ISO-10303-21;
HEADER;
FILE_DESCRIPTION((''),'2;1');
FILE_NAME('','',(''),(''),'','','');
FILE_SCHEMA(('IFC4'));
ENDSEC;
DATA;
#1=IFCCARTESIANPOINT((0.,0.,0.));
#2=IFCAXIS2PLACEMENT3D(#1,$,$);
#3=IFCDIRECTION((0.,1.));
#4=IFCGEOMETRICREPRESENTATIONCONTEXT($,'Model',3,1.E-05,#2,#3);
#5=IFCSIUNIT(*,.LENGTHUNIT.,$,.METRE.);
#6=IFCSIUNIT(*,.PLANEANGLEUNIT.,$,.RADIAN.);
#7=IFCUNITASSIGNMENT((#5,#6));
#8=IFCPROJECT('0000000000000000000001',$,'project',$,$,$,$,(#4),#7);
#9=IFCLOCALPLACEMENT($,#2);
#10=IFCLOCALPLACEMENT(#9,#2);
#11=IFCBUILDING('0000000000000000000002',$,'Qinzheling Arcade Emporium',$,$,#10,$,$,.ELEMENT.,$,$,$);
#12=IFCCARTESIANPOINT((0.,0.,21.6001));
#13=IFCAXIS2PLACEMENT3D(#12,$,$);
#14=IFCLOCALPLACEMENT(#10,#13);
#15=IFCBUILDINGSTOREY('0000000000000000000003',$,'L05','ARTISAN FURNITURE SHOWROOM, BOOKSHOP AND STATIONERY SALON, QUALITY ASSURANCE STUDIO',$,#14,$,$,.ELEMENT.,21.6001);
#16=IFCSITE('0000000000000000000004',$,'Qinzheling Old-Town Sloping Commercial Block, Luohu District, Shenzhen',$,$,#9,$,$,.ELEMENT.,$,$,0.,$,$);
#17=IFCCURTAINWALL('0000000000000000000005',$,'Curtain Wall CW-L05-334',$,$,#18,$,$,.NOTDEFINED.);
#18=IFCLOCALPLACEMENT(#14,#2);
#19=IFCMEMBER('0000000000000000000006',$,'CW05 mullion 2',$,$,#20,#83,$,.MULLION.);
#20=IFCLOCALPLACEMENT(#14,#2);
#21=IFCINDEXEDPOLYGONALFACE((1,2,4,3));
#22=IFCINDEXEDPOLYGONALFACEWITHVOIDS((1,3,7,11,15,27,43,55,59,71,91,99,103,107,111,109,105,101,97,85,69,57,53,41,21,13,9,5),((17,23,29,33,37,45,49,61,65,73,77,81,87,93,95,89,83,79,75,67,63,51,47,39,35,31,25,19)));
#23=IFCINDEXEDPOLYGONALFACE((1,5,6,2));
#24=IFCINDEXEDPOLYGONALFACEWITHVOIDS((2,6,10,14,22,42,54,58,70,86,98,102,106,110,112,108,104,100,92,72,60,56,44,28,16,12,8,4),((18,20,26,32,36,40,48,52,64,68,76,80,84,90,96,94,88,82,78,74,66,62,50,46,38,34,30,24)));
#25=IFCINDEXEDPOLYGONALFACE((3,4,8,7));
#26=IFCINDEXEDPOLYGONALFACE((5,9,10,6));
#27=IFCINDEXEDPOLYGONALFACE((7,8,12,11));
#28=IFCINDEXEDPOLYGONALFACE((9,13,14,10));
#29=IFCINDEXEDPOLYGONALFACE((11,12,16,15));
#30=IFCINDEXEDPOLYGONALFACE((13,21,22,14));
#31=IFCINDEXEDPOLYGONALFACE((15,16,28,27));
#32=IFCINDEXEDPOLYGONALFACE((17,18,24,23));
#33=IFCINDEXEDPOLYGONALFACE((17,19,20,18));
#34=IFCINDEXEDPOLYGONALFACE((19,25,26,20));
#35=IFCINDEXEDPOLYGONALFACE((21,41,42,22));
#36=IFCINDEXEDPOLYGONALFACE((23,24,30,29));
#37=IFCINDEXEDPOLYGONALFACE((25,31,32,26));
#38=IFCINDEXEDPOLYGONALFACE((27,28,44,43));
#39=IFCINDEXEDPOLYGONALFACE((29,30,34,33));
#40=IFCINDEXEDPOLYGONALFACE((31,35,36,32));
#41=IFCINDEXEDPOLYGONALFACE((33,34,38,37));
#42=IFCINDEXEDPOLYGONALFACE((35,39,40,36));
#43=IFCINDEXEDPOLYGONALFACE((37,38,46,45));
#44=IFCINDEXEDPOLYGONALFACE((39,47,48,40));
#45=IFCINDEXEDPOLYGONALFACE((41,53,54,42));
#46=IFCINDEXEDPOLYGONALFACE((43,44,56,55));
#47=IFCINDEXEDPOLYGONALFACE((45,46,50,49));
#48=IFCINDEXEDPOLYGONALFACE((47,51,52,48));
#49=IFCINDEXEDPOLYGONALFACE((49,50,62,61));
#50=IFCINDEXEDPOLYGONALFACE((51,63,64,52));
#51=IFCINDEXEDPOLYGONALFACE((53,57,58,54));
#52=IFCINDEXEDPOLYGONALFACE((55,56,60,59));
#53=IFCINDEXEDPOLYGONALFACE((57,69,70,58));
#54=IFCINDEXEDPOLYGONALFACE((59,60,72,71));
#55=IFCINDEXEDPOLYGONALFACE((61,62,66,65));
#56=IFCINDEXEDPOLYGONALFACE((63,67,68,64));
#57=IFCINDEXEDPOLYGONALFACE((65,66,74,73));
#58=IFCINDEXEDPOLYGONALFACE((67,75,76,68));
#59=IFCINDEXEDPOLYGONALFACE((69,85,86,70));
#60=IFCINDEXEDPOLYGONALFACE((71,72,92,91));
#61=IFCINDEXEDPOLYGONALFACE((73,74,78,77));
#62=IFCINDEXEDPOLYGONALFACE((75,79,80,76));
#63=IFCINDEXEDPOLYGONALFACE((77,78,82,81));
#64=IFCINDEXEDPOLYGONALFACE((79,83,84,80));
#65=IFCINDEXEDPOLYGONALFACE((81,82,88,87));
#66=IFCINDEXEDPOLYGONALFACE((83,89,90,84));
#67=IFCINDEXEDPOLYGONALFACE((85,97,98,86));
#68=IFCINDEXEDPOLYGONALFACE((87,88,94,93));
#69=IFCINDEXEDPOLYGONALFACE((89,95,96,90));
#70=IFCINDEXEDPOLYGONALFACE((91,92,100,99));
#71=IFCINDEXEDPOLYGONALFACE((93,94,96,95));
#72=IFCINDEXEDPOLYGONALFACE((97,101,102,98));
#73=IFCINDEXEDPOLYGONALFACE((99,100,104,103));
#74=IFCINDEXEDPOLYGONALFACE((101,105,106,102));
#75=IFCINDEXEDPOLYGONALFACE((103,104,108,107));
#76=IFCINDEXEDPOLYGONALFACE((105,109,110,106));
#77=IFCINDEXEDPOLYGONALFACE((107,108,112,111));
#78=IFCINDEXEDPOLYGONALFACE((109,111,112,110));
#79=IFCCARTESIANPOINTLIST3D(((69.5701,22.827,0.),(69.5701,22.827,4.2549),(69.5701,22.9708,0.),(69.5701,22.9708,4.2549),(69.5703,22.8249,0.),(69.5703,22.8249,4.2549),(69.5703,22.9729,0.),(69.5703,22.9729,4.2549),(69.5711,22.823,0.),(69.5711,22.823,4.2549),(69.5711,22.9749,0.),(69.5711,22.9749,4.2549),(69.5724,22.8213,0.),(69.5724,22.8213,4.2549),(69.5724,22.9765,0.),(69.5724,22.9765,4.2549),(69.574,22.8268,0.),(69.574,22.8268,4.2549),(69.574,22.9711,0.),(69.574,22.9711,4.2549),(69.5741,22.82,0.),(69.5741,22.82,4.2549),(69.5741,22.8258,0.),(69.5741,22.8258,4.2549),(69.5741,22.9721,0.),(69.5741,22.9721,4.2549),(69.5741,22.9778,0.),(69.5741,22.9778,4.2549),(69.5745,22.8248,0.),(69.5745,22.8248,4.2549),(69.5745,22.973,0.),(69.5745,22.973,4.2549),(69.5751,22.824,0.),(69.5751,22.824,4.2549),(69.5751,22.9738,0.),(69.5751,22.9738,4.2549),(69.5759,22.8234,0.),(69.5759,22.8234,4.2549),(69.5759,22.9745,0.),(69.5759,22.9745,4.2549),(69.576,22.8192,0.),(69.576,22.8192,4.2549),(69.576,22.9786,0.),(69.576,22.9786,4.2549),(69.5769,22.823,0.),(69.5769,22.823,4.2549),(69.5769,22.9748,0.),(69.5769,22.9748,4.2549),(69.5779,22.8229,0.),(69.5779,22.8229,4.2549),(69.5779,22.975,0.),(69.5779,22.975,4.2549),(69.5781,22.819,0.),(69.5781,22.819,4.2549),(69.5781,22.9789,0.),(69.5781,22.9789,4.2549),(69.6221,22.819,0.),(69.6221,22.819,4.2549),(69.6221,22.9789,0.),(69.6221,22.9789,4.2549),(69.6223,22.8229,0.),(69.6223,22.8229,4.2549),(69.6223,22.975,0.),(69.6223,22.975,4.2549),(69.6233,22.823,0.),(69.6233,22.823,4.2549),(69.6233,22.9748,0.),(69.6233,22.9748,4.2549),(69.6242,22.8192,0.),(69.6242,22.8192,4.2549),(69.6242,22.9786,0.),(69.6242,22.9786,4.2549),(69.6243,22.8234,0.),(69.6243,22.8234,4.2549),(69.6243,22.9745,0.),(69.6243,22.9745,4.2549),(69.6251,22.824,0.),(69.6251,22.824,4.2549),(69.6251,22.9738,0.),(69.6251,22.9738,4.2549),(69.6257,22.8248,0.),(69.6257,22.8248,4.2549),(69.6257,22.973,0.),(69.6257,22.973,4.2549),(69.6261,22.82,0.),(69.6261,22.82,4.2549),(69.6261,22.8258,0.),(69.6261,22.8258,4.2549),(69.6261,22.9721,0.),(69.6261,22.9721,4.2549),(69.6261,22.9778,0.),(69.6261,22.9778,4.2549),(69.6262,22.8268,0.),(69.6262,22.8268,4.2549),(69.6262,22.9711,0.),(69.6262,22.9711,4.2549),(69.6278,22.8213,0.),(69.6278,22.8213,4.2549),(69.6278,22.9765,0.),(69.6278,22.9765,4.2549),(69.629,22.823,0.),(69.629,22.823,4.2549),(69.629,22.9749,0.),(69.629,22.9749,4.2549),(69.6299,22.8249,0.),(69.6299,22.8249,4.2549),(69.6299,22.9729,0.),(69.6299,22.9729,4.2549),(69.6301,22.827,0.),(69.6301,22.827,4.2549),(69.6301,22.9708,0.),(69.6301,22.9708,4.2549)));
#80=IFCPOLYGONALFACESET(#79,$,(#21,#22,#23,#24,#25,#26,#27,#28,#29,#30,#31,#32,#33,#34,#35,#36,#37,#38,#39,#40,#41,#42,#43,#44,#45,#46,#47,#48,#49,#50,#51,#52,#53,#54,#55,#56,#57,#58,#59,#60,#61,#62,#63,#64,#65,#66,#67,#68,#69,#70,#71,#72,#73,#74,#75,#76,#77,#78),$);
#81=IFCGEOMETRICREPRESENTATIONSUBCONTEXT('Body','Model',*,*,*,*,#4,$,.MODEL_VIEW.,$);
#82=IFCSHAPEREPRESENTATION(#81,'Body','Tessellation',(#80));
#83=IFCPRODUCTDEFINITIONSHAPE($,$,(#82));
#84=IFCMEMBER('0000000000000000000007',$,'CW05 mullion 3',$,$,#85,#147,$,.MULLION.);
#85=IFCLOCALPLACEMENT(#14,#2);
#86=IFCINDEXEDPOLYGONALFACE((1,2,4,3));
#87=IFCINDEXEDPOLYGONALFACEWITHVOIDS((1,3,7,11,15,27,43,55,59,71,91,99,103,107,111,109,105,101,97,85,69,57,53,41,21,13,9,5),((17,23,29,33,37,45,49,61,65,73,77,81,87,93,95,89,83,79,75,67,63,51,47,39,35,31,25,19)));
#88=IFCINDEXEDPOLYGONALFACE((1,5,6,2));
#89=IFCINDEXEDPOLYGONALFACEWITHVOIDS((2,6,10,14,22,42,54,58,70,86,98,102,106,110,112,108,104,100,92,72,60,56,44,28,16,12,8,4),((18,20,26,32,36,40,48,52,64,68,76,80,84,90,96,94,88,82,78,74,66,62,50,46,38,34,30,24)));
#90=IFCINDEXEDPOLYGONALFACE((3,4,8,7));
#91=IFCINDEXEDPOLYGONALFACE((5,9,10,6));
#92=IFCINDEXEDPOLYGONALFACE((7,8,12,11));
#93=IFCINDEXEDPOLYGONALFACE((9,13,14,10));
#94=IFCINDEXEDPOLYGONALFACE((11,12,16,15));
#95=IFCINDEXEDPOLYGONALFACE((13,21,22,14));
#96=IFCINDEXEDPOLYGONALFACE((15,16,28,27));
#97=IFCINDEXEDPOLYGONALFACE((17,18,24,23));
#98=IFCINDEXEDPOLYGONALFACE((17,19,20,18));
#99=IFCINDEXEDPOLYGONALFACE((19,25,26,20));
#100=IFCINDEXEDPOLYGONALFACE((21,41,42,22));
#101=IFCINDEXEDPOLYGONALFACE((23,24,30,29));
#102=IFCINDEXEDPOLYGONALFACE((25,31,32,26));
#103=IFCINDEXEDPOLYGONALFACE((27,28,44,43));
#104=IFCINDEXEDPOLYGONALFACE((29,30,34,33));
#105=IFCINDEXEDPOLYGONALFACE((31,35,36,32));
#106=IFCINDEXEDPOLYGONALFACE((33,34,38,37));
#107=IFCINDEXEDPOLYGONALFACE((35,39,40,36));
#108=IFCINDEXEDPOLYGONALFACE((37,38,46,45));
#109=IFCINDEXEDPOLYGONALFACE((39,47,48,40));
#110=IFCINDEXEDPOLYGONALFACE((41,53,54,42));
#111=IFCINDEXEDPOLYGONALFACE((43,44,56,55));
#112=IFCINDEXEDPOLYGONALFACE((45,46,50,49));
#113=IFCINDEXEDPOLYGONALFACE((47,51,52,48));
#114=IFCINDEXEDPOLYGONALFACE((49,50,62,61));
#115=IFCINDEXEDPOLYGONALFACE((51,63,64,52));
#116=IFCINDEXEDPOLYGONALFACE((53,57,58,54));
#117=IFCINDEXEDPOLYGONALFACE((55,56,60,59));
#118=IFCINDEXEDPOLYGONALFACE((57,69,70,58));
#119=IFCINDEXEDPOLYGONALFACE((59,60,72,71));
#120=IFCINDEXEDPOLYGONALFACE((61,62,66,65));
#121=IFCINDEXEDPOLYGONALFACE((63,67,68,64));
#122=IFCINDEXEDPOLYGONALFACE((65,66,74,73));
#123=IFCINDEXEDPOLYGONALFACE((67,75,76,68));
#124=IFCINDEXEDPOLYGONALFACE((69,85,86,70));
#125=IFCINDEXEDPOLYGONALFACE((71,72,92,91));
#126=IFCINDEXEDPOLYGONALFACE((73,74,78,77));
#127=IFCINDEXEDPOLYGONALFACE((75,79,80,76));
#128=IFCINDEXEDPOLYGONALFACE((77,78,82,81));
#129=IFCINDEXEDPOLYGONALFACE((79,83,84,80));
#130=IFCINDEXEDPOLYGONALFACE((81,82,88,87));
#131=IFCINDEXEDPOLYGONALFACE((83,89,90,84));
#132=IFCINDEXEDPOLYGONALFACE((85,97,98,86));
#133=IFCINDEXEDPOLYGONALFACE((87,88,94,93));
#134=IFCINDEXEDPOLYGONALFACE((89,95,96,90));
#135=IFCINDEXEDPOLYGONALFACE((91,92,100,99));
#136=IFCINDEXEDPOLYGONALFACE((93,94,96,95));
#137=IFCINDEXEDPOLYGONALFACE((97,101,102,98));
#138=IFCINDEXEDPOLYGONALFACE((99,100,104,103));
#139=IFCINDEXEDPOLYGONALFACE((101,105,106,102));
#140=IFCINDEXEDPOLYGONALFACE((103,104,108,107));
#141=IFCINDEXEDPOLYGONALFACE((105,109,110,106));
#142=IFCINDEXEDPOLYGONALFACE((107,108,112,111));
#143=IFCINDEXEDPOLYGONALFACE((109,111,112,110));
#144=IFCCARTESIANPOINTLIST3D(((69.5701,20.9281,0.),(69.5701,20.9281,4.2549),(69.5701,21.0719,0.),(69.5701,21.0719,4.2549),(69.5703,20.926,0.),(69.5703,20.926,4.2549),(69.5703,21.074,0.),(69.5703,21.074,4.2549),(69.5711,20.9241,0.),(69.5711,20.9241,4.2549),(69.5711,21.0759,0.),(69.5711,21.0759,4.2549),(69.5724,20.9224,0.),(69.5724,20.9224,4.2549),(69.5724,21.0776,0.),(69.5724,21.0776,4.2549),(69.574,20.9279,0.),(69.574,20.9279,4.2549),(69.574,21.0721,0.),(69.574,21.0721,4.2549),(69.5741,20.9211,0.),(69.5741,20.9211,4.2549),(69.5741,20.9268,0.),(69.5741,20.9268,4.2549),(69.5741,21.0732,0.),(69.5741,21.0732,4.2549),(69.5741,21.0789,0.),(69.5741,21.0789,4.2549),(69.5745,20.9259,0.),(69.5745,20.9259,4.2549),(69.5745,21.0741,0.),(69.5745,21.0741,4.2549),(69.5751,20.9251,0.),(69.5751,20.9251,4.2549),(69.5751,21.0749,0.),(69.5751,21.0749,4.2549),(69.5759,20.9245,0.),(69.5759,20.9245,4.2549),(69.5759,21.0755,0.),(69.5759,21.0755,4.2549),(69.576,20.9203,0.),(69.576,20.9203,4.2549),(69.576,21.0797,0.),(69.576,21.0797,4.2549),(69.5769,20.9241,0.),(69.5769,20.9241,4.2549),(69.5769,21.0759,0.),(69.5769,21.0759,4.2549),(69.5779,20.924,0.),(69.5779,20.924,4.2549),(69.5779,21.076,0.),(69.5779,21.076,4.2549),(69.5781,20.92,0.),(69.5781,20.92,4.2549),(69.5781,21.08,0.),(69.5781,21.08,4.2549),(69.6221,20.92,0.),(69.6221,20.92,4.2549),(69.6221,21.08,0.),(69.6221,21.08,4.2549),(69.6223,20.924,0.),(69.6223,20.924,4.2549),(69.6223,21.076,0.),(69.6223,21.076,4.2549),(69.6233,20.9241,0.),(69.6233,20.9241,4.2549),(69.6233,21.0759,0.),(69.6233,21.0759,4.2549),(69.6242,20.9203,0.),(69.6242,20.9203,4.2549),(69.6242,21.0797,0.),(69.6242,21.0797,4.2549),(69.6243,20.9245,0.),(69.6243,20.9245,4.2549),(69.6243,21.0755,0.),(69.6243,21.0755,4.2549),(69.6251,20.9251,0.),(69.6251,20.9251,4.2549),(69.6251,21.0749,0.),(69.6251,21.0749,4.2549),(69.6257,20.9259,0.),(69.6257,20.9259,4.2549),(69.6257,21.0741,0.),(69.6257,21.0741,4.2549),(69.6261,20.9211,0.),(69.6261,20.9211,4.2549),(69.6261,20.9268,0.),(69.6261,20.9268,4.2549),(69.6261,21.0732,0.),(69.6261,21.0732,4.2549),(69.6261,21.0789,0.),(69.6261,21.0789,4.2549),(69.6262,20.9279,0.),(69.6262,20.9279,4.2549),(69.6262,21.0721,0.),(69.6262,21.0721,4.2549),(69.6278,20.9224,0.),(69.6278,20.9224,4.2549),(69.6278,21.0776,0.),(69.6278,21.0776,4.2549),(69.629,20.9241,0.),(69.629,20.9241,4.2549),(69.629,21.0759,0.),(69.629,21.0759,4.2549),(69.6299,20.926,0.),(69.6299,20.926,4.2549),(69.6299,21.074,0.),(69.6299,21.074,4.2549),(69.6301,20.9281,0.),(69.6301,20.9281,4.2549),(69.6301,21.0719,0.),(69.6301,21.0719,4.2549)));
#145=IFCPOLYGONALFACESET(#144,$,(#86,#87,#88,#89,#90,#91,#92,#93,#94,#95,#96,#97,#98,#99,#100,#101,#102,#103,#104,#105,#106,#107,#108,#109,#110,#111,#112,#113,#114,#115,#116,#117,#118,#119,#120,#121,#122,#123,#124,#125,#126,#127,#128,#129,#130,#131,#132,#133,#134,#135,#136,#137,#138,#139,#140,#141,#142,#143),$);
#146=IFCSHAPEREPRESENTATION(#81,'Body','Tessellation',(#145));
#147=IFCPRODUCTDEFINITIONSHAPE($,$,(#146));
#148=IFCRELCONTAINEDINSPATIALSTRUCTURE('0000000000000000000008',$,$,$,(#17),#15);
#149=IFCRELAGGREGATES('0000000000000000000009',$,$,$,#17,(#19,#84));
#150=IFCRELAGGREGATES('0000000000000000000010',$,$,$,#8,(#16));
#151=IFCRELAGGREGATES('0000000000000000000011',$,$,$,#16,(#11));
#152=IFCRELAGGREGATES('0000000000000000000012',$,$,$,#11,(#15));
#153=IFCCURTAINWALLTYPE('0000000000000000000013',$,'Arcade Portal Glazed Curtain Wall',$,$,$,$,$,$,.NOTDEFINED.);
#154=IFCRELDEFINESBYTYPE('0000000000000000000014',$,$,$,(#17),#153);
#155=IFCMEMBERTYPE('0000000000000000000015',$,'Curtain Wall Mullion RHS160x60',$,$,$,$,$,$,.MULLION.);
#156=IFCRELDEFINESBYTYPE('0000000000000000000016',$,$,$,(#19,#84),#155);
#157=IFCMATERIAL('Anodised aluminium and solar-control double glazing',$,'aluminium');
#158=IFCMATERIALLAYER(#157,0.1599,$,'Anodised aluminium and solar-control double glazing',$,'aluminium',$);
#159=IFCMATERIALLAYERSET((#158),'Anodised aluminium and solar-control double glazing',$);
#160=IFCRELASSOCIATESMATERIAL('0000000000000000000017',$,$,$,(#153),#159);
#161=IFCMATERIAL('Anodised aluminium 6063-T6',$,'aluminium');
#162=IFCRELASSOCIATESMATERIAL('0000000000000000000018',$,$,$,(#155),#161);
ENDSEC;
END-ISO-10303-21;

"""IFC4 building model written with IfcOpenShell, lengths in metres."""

from ifc_helpers import new_model, si_unit, direction, frame, origin, origin_2d, place, context, subcontext, project, spatial, hollow_rectangle, extrude, material, layer, layer_set, material_profile, profile_set, type_object, element, aggregate, save


model = new_model("IFC4")

# Units and contexts
model_context = context("Model", 3, precision=1e-05, world=origin(), true_north=direction((0.0, 1.0)))
body_context = subcontext(model_context, "Body", "Model", "MODEL_VIEW")
ifc_project = project(units=[si_unit("LENGTHUNIT", "METRE"), si_unit("PLANEANGLEUNIT", "RADIAN")], contexts=[model_context])

# Site, building, storey
site_placement = place(None, origin())
site = spatial("IfcSite", under=ifc_project, at=site_placement, Name="Qinzheling Old-Town Sloping Commercial Block, Luohu District, Shenzhen", CompositionType="ELEMENT", RefElevation=0.0)
building_placement = place(site_placement, origin())
building = spatial("IfcBuilding", under=site, at=building_placement, Name="Qinzheling Arcade Emporium", CompositionType="ELEMENT")
storey_placement = place(building_placement, frame((0.0, 0.0, 21.6001)))
storey = spatial("IfcBuildingStorey", under=building, at=storey_placement, Name="L05", Description="ARTISAN FURNITURE SHOWROOM, BOOKSHOP AND STATIONERY SALON, QUALITY ASSURANCE STUDIO", CompositionType="ELEMENT", Elevation=21.6001)

# Curtain wall, members
ifc_material_1 = material(Name="Anodised aluminium and solar-control double glazing", Category="aluminium")
ifc_layer_1 = layer(ifc_material_1, 0.1599, Name="Anodised aluminium and solar-control double glazing", Category="aluminium")
ifc_layer_set_1 = layer_set([ifc_layer_1], Name="Anodised aluminium and solar-control double glazing")
curtain_wall_type = type_object("IfcCurtainWallType", Name="Arcade Portal Glazed Curtain Wall", PredefinedType="NOTDEFINED", material=ifc_layer_set_1)
curtain_wall_placement = place(storey_placement, origin())
curtain_wall = element("IfcCurtainWall", 1, at=curtain_wall_placement, inside=storey, type_object=curtain_wall_type, Name="Curtain Wall CW-L05-334", PredefinedType="NOTDEFINED")
ifc_material_2 = material(Name="Anodised aluminium 6063-T6", Category="aluminium")
ifc_material_profile_1 = material_profile(ifc_material_2, hollow_rectangle(XDim=0.0601, YDim=0.1599, WallThickness=0.0039, InnerFilletRadius=0.0039, OuterFilletRadius=0.0081, at=origin_2d()), Name="RHS 160x60x4", Category="aluminium")
ifc_profile_set_1 = profile_set([ifc_material_profile_1], Name="Anodised aluminium 6063-T6")
member_type_1 = type_object("IfcMemberType", Name="Curtain Wall Mullion RHS160x60", PredefinedType="MULLION", material=ifc_profile_set_1)
member_1_placement = place(storey_placement, frame((69.6001, 22.8989, 0.0), z_axis=(0.0, 0.0, 1.0), x_axis=(1.0, 0.0, 0.0)))
member_1 = element("IfcMember", 2, at=member_1_placement, type_object=member_type_1, Name="CW05 mullion 2", PredefinedType="MULLION", context=body_context, shape_type="SweptSolid", body=[
    extrude(hollow_rectangle(XDim=0.0601, YDim=0.1599, WallThickness=0.0039, InnerFilletRadius=0.0039, OuterFilletRadius=0.0081, at=origin_2d()), origin(), (0.0, 0.0, 1.0), 4.2549),
])
member_2_placement = place(storey_placement, frame((69.6001, 21.0, 0.0), z_axis=(0.0, 0.0, 1.0), x_axis=(1.0, 0.0, 0.0)))
member_2 = element("IfcMember", 3, at=member_2_placement, type_object=member_type_1, Name="CW05 mullion 3", PredefinedType="MULLION", context=body_context, shape_type="SweptSolid", body=[
    extrude(hollow_rectangle(XDim=0.0601, YDim=0.1599, WallThickness=0.0039, InnerFilletRadius=0.0039, OuterFilletRadius=0.0081, at=origin_2d()), origin(), (0.0, 0.0, 1.0), 4.2549),
])
aggregate(curtain_wall, [member_1, member_2])

save(model, "model.ifc")
